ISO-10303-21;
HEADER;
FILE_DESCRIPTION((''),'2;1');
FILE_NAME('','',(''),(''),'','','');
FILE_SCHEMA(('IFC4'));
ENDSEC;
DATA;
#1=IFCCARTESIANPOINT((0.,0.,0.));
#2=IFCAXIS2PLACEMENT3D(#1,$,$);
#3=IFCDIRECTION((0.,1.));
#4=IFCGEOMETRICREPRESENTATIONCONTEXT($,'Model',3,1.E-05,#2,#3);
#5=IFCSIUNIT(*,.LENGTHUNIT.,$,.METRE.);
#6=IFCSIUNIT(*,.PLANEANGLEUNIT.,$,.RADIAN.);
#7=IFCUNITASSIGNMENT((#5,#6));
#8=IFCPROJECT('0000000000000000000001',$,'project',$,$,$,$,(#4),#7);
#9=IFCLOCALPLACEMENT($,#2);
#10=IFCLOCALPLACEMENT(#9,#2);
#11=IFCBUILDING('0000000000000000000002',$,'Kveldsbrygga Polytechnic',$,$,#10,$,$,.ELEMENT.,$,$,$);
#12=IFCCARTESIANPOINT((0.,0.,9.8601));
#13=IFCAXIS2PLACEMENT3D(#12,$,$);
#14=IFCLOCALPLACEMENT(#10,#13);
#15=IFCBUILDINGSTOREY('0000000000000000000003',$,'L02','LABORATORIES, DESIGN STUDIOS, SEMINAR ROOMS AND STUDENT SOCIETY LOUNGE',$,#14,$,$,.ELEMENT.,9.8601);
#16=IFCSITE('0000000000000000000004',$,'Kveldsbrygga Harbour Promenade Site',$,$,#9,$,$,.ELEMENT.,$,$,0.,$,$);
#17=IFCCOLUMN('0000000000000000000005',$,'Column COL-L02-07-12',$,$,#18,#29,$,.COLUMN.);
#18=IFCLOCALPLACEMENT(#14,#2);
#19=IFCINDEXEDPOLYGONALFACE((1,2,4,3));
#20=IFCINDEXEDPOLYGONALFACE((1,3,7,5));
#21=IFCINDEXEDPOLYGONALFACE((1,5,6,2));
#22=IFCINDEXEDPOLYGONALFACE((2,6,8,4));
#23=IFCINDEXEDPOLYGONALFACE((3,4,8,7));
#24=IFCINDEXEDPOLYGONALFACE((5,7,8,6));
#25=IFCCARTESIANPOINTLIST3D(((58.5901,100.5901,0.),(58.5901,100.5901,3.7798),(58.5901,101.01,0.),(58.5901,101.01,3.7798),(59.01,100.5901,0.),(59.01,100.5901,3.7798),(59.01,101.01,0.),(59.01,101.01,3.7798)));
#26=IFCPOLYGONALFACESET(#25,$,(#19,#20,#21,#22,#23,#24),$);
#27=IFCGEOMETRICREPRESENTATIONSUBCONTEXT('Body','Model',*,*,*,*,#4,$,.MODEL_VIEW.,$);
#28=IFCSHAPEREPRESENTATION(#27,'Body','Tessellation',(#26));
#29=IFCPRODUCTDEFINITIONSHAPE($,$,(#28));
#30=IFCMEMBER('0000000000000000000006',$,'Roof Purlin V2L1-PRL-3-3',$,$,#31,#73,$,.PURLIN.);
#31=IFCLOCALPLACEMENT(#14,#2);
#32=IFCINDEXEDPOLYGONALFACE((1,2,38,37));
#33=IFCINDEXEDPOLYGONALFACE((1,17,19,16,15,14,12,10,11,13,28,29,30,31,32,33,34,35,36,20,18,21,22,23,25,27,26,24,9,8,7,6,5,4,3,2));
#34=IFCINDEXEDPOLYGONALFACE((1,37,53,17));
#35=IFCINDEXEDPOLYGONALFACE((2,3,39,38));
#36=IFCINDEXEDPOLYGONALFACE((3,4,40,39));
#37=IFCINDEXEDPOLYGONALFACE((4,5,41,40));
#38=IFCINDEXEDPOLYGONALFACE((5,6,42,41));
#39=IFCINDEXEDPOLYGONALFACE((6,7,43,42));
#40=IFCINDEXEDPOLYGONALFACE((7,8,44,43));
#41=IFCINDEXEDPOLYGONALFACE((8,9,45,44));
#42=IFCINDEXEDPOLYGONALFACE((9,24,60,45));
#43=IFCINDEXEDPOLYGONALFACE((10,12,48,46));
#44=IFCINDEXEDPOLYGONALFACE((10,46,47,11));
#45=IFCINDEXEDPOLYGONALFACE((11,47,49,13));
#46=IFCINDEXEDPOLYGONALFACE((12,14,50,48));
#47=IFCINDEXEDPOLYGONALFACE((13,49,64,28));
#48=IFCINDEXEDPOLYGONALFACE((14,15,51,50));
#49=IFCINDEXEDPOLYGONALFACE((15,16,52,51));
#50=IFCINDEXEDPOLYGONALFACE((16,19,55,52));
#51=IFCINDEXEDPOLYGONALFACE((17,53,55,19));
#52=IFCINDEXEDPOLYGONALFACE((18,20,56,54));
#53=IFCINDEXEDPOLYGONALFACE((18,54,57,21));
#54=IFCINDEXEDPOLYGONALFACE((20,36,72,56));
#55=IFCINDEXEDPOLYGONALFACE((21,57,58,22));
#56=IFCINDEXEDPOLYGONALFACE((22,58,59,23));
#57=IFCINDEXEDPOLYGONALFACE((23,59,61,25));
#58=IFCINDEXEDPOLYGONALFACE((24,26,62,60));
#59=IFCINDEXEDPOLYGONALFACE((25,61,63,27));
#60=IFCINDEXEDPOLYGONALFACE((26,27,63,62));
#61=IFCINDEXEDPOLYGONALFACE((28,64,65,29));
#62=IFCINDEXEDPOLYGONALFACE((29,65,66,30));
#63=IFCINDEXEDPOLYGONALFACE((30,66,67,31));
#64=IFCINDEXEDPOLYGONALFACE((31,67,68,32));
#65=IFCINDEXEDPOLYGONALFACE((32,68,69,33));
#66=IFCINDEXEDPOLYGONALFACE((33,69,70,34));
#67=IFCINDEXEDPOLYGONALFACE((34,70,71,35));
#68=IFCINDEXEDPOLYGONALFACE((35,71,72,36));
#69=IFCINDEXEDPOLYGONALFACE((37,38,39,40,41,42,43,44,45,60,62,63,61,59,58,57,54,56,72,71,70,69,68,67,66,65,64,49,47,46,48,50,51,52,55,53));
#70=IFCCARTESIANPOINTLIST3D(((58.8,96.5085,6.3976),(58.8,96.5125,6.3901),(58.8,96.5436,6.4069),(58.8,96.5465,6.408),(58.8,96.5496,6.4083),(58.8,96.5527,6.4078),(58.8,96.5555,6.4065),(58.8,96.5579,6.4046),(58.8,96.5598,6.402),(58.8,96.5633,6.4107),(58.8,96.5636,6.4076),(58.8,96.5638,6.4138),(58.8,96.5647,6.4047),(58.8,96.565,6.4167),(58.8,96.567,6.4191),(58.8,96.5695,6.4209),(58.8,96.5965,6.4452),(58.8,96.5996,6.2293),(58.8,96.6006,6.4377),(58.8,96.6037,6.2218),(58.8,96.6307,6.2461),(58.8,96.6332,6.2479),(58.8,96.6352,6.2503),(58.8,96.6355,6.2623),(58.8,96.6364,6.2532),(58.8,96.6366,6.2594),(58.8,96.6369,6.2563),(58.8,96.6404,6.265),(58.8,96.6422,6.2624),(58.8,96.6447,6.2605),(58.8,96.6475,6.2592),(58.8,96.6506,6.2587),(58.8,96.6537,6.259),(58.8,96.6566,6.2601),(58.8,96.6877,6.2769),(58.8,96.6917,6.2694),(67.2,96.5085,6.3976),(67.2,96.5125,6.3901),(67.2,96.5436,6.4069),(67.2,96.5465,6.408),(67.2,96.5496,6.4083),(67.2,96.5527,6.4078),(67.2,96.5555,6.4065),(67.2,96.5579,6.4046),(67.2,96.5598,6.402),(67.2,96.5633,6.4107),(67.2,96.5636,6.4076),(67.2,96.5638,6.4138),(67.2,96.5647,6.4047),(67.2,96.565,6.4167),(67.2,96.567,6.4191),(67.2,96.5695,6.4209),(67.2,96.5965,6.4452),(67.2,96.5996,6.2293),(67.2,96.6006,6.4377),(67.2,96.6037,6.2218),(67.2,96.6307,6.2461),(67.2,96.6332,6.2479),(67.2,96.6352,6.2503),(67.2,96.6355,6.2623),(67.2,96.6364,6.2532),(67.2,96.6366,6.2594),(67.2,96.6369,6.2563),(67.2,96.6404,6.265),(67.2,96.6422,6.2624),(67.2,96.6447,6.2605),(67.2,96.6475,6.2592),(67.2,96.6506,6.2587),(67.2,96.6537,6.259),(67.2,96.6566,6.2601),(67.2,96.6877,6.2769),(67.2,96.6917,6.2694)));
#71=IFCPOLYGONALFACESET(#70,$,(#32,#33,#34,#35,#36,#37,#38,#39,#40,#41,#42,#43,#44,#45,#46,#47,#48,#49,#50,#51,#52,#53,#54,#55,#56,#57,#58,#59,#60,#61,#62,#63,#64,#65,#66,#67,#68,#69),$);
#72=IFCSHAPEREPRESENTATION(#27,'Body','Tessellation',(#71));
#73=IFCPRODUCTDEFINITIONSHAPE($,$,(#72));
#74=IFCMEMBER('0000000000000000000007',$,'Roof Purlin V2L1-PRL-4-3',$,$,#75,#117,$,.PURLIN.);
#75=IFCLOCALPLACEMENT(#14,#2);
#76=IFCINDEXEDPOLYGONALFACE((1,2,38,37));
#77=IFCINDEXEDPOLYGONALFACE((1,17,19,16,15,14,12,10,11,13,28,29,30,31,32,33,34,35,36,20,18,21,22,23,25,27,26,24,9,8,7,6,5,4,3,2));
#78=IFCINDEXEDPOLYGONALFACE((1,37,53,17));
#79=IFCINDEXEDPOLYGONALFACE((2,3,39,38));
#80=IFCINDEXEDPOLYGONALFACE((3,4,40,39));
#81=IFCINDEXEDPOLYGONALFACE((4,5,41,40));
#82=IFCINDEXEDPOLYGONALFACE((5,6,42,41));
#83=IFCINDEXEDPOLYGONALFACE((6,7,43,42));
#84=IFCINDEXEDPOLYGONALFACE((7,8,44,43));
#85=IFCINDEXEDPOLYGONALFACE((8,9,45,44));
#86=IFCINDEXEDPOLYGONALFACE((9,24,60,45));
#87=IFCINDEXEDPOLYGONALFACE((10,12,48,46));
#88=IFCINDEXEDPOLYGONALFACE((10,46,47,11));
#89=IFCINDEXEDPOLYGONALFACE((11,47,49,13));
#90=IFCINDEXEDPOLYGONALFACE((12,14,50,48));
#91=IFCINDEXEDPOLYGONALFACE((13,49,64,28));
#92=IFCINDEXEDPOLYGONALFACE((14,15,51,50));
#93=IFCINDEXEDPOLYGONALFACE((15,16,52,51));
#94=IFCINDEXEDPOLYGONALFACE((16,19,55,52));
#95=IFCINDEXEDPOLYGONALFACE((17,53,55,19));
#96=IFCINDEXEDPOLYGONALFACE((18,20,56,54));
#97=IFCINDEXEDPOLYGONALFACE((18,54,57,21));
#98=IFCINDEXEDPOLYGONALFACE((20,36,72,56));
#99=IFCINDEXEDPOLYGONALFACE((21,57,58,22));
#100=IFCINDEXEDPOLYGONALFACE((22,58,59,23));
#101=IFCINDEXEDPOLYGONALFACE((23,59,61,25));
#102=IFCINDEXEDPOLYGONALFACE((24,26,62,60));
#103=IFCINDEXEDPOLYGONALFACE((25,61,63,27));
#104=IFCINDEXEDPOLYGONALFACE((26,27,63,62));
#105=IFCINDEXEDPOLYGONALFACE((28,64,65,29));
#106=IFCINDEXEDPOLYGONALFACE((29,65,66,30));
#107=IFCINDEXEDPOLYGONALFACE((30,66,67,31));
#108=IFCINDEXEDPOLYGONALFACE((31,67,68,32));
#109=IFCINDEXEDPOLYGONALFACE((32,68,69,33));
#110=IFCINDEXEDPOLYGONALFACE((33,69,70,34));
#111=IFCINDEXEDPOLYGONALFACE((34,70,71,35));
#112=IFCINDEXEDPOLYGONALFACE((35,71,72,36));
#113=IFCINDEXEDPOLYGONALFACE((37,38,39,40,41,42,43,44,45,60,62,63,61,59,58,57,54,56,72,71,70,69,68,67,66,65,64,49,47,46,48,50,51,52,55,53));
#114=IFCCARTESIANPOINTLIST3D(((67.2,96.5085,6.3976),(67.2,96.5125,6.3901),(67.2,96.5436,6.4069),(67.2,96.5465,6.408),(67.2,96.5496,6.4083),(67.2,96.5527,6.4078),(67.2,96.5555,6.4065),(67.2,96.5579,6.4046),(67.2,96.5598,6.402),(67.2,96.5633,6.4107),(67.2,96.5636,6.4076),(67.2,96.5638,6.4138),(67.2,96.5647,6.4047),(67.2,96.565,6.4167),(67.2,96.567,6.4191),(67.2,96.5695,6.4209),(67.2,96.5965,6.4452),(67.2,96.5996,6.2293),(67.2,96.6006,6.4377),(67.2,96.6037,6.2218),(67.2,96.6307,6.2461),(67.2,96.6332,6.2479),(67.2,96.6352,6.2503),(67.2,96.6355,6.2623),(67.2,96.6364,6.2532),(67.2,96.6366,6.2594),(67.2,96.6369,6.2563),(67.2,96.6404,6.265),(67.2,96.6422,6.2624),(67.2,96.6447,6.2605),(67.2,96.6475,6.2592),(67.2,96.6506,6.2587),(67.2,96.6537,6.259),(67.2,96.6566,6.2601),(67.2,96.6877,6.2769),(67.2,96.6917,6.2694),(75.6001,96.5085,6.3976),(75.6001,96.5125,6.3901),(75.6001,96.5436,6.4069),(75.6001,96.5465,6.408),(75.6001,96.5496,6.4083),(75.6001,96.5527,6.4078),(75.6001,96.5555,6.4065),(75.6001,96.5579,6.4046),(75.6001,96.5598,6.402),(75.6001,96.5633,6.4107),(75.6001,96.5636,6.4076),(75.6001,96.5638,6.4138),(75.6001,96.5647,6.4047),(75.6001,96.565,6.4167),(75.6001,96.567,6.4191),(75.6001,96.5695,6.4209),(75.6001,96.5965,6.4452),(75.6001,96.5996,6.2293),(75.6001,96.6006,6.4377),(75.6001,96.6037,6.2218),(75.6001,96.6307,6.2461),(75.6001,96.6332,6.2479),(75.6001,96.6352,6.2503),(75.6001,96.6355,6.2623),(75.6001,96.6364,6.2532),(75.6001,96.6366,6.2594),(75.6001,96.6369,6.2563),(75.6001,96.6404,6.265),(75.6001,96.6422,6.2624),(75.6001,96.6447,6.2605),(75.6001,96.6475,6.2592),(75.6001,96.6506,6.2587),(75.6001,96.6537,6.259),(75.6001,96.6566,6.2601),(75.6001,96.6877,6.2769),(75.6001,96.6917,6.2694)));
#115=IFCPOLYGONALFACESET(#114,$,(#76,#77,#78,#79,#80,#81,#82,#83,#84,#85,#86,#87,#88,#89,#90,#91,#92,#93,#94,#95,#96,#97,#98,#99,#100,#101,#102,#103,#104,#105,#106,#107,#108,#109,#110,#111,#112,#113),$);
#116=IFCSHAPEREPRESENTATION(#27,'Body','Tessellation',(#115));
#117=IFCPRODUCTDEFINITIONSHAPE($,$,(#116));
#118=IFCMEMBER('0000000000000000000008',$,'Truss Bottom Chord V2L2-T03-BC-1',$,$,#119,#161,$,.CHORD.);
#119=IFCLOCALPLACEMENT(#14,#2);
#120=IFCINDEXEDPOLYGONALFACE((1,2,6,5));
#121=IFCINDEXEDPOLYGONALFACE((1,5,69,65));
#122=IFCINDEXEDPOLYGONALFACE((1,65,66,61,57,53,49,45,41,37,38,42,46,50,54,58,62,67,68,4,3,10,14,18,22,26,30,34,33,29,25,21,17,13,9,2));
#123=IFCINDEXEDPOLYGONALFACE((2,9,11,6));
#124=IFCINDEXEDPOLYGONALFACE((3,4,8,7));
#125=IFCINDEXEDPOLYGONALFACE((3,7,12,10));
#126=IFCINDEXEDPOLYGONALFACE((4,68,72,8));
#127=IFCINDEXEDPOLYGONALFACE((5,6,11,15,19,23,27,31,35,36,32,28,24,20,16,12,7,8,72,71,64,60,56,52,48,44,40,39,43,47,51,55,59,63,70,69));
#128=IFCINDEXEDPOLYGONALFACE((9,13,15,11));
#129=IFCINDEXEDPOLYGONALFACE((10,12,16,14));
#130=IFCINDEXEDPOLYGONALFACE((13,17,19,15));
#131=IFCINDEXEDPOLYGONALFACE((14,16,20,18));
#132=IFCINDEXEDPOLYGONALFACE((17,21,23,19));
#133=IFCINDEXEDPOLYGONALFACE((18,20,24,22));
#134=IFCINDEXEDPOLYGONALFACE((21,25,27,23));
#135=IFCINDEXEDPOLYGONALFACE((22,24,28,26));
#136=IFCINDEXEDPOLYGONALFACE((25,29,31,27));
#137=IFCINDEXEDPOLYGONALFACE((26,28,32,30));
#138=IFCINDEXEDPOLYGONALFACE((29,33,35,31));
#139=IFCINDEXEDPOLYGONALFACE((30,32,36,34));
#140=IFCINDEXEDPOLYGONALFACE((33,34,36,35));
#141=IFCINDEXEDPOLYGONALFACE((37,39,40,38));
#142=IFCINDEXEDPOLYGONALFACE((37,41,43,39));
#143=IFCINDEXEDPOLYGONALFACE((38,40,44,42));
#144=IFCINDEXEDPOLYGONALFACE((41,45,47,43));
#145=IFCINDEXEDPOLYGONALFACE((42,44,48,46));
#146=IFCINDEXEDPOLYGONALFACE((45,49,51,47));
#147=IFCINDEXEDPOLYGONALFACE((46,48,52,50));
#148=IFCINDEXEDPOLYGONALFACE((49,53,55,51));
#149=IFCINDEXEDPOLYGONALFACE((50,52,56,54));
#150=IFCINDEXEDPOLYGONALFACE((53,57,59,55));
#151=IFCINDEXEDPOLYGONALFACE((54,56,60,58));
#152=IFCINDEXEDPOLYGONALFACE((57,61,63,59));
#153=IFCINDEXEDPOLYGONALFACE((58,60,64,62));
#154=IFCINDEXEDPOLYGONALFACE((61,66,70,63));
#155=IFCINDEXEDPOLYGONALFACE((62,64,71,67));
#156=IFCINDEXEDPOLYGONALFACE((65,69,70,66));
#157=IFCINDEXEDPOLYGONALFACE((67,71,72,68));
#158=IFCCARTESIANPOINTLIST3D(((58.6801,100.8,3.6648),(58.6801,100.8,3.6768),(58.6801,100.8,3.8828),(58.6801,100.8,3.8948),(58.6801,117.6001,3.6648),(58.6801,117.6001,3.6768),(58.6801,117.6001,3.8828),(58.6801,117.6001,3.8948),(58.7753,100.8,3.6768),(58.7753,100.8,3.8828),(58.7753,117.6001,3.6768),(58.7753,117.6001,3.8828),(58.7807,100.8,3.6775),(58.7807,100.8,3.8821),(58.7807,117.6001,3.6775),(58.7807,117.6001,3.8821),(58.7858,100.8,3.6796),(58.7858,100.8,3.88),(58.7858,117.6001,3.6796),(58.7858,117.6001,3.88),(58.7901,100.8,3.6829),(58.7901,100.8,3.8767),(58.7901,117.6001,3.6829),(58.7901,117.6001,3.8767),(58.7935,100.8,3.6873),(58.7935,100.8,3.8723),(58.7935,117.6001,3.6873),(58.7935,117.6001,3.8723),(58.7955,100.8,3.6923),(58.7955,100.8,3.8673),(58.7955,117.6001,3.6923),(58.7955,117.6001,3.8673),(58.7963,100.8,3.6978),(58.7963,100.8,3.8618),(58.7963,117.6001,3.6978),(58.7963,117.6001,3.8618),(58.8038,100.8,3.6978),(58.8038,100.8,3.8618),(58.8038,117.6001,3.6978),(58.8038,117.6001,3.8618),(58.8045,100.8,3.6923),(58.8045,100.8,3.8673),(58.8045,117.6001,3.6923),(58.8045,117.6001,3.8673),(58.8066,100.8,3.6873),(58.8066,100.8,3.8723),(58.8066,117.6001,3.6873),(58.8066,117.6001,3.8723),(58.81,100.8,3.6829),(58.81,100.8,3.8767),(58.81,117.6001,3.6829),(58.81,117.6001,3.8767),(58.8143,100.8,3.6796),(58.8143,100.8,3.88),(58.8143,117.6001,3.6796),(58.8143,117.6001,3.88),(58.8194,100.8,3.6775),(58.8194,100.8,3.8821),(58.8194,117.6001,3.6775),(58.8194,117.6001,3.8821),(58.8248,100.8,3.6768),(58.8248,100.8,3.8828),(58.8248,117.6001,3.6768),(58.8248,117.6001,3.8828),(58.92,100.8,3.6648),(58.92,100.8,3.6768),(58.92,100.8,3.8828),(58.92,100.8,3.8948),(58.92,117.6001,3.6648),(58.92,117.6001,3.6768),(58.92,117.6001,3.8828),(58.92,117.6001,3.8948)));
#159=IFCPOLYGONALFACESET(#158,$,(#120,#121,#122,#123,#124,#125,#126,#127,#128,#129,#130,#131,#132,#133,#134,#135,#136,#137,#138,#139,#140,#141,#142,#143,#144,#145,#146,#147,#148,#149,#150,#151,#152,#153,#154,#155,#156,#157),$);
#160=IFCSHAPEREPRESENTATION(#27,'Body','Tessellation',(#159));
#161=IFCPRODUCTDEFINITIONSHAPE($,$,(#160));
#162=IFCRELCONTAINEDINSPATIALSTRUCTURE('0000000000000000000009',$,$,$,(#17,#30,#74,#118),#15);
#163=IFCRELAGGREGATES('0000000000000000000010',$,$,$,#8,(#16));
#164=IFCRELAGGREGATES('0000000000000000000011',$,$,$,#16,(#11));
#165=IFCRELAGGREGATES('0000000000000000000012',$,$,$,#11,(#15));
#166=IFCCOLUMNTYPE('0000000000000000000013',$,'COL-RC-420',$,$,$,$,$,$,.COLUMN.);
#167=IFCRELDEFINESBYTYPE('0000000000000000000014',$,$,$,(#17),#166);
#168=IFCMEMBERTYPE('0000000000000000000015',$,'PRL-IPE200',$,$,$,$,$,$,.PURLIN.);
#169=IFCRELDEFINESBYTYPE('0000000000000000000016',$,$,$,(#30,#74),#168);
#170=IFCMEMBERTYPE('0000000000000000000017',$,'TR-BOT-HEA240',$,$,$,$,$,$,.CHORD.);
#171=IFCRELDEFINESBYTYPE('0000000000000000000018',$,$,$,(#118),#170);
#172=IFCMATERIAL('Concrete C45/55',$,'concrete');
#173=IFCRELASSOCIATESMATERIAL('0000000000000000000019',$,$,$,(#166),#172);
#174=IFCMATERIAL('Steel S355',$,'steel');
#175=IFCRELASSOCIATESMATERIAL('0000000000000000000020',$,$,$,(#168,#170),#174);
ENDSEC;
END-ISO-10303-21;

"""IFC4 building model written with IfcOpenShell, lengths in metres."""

from ifc_helpers import new_model, si_unit, direction, frame, origin, origin_2d, place, context, subcontext, project, spatial, rectangle, i_section, extrude, material, material_profile, profile_set, type_object, element, save


model = new_model("IFC4")

# Units and contexts
model_context = context("Model", 3, precision=1e-05, world=origin(), true_north=direction((0.0, 1.0)))
body_context = subcontext(model_context, "Body", "Model", "MODEL_VIEW")
ifc_project = project(units=[si_unit("LENGTHUNIT", "METRE"), si_unit("PLANEANGLEUNIT", "RADIAN")], contexts=[model_context])

# Site, building, storey
site_placement = place(None, origin())
site = spatial("IfcSite", under=ifc_project, at=site_placement, Name="Kveldsbrygga Harbour Promenade Site", CompositionType="ELEMENT", RefElevation=0.0)
building_placement = place(site_placement, origin())
building = spatial("IfcBuilding", under=site, at=building_placement, Name="Kveldsbrygga Polytechnic", CompositionType="ELEMENT")
storey_placement = place(building_placement, frame((0.0, 0.0, 9.8601)))
storey = spatial("IfcBuildingStorey", under=building, at=storey_placement, Name="L02", Description="LABORATORIES, DESIGN STUDIOS, SEMINAR ROOMS AND STUDENT SOCIETY LOUNGE", CompositionType="ELEMENT", Elevation=9.8601)

# Column
ifc_material_1 = material(Name="Concrete C45/55", Category="concrete")
ifc_material_profile_1 = material_profile(ifc_material_1, rectangle(XDim=0.4199, YDim=0.4199, at=origin_2d()), Name="RC 420x420")
ifc_profile_set_1 = profile_set([ifc_material_profile_1], Name="Concrete C45/55")
column_type = type_object("IfcColumnType", Name="COL-RC-420", PredefinedType="COLUMN", material=ifc_profile_set_1)
column_placement = place(storey_placement, frame((58.8, 100.8, 0.0), z_axis=(0.0, 0.0, 1.0), x_axis=(1.0, 0.0, 0.0)))
element("IfcColumn", 1, at=column_placement, inside=storey, type_object=column_type, Name="Column COL-L02-07-12", PredefinedType="COLUMN", context=body_context, shape_type="SweptSolid", body=[
    extrude(rectangle(XDim=0.4199, YDim=0.4199, at=origin_2d()), origin(), (0.0, 0.0, 1.0), 3.7798),
])

# Members
ifc_material_2 = material(Name="Steel S355", Category="steel")
ifc_material_profile_2 = material_profile(ifc_material_2, i_section(OverallWidth=0.1001, OverallDepth=0.2, WebThickness=0.0056, FlangeThickness=0.0085, FilletRadius=0.012, at=origin_2d()), Name="IPE 200")
ifc_profile_set_2 = profile_set([ifc_material_profile_2], Name="Steel S355")
member_type_1 = type_object("IfcMemberType", Name="PRL-IPE200", PredefinedType="PURLIN", material=ifc_profile_set_2)
member_1_placement = place(storey_placement, frame((58.8, 96.6001, 6.3335), z_axis=(1.0, 0.0, 0.0), x_axis=(0.0, 0.879292, 0.476283)))
element("IfcMember", 2, at=member_1_placement, inside=storey, type_object=member_type_1, Name="Roof Purlin V2L1-PRL-3-3", PredefinedType="PURLIN", context=body_context, shape_type="SweptSolid", body=[
    extrude(i_section(OverallWidth=0.1001, OverallDepth=0.2, WebThickness=0.0056, FlangeThickness=0.0085, FilletRadius=0.012, at=origin_2d()), origin(), (0.0, 0.0, 1.0), 8.3999),
])
member_2_placement = place(storey_placement, frame((67.2, 96.6001, 6.3335), z_axis=(1.0, 0.0, 0.0), x_axis=(0.0, 0.879292, 0.476283)))
element("IfcMember", 3, at=member_2_placement, inside=storey, type_object=member_type_1, Name="Roof Purlin V2L1-PRL-4-3", PredefinedType="PURLIN", context=body_context, shape_type="SweptSolid", body=[
    extrude(i_section(OverallWidth=0.1001, OverallDepth=0.2, WebThickness=0.0056, FlangeThickness=0.0085, FilletRadius=0.012, at=origin_2d()), origin(), (0.0, 0.0, 1.0), 8.4001),
])
ifc_material_profile_3 = material_profile(ifc_material_2, i_section(OverallWidth=0.24, OverallDepth=0.23, WebThickness=0.0076, FlangeThickness=0.012, FilletRadius=0.021, at=origin_2d()), Name="HEA 240")
ifc_profile_set_3 = profile_set([ifc_material_profile_3], Name="Steel S355")
member_type_2 = type_object("IfcMemberType", Name="TR-BOT-HEA240", PredefinedType="CHORD", material=ifc_profile_set_3)
for number, where, z_axis, x_axis, name in (
    (4, (58.8, 100.8, 3.7798), (0.0, 1.0, 0.0), (-1.0, 0.0, 0.0), "Truss Bottom Chord V2L2-T03-BC-1"),
):
    element("IfcMember", number, at=place(storey_placement, frame(where, z_axis=z_axis, x_axis=x_axis)), inside=storey, type_object=member_type_2, Name=name, PredefinedType="CHORD", context=body_context, shape_type="SweptSolid", body=[
        extrude(i_section(OverallWidth=0.24, OverallDepth=0.23, WebThickness=0.0076, FlangeThickness=0.012, FilletRadius=0.021, at=origin_2d()), origin(), (0.0, 0.0, 1.0), 16.8),
    ])

save(model, "model.ifc")
